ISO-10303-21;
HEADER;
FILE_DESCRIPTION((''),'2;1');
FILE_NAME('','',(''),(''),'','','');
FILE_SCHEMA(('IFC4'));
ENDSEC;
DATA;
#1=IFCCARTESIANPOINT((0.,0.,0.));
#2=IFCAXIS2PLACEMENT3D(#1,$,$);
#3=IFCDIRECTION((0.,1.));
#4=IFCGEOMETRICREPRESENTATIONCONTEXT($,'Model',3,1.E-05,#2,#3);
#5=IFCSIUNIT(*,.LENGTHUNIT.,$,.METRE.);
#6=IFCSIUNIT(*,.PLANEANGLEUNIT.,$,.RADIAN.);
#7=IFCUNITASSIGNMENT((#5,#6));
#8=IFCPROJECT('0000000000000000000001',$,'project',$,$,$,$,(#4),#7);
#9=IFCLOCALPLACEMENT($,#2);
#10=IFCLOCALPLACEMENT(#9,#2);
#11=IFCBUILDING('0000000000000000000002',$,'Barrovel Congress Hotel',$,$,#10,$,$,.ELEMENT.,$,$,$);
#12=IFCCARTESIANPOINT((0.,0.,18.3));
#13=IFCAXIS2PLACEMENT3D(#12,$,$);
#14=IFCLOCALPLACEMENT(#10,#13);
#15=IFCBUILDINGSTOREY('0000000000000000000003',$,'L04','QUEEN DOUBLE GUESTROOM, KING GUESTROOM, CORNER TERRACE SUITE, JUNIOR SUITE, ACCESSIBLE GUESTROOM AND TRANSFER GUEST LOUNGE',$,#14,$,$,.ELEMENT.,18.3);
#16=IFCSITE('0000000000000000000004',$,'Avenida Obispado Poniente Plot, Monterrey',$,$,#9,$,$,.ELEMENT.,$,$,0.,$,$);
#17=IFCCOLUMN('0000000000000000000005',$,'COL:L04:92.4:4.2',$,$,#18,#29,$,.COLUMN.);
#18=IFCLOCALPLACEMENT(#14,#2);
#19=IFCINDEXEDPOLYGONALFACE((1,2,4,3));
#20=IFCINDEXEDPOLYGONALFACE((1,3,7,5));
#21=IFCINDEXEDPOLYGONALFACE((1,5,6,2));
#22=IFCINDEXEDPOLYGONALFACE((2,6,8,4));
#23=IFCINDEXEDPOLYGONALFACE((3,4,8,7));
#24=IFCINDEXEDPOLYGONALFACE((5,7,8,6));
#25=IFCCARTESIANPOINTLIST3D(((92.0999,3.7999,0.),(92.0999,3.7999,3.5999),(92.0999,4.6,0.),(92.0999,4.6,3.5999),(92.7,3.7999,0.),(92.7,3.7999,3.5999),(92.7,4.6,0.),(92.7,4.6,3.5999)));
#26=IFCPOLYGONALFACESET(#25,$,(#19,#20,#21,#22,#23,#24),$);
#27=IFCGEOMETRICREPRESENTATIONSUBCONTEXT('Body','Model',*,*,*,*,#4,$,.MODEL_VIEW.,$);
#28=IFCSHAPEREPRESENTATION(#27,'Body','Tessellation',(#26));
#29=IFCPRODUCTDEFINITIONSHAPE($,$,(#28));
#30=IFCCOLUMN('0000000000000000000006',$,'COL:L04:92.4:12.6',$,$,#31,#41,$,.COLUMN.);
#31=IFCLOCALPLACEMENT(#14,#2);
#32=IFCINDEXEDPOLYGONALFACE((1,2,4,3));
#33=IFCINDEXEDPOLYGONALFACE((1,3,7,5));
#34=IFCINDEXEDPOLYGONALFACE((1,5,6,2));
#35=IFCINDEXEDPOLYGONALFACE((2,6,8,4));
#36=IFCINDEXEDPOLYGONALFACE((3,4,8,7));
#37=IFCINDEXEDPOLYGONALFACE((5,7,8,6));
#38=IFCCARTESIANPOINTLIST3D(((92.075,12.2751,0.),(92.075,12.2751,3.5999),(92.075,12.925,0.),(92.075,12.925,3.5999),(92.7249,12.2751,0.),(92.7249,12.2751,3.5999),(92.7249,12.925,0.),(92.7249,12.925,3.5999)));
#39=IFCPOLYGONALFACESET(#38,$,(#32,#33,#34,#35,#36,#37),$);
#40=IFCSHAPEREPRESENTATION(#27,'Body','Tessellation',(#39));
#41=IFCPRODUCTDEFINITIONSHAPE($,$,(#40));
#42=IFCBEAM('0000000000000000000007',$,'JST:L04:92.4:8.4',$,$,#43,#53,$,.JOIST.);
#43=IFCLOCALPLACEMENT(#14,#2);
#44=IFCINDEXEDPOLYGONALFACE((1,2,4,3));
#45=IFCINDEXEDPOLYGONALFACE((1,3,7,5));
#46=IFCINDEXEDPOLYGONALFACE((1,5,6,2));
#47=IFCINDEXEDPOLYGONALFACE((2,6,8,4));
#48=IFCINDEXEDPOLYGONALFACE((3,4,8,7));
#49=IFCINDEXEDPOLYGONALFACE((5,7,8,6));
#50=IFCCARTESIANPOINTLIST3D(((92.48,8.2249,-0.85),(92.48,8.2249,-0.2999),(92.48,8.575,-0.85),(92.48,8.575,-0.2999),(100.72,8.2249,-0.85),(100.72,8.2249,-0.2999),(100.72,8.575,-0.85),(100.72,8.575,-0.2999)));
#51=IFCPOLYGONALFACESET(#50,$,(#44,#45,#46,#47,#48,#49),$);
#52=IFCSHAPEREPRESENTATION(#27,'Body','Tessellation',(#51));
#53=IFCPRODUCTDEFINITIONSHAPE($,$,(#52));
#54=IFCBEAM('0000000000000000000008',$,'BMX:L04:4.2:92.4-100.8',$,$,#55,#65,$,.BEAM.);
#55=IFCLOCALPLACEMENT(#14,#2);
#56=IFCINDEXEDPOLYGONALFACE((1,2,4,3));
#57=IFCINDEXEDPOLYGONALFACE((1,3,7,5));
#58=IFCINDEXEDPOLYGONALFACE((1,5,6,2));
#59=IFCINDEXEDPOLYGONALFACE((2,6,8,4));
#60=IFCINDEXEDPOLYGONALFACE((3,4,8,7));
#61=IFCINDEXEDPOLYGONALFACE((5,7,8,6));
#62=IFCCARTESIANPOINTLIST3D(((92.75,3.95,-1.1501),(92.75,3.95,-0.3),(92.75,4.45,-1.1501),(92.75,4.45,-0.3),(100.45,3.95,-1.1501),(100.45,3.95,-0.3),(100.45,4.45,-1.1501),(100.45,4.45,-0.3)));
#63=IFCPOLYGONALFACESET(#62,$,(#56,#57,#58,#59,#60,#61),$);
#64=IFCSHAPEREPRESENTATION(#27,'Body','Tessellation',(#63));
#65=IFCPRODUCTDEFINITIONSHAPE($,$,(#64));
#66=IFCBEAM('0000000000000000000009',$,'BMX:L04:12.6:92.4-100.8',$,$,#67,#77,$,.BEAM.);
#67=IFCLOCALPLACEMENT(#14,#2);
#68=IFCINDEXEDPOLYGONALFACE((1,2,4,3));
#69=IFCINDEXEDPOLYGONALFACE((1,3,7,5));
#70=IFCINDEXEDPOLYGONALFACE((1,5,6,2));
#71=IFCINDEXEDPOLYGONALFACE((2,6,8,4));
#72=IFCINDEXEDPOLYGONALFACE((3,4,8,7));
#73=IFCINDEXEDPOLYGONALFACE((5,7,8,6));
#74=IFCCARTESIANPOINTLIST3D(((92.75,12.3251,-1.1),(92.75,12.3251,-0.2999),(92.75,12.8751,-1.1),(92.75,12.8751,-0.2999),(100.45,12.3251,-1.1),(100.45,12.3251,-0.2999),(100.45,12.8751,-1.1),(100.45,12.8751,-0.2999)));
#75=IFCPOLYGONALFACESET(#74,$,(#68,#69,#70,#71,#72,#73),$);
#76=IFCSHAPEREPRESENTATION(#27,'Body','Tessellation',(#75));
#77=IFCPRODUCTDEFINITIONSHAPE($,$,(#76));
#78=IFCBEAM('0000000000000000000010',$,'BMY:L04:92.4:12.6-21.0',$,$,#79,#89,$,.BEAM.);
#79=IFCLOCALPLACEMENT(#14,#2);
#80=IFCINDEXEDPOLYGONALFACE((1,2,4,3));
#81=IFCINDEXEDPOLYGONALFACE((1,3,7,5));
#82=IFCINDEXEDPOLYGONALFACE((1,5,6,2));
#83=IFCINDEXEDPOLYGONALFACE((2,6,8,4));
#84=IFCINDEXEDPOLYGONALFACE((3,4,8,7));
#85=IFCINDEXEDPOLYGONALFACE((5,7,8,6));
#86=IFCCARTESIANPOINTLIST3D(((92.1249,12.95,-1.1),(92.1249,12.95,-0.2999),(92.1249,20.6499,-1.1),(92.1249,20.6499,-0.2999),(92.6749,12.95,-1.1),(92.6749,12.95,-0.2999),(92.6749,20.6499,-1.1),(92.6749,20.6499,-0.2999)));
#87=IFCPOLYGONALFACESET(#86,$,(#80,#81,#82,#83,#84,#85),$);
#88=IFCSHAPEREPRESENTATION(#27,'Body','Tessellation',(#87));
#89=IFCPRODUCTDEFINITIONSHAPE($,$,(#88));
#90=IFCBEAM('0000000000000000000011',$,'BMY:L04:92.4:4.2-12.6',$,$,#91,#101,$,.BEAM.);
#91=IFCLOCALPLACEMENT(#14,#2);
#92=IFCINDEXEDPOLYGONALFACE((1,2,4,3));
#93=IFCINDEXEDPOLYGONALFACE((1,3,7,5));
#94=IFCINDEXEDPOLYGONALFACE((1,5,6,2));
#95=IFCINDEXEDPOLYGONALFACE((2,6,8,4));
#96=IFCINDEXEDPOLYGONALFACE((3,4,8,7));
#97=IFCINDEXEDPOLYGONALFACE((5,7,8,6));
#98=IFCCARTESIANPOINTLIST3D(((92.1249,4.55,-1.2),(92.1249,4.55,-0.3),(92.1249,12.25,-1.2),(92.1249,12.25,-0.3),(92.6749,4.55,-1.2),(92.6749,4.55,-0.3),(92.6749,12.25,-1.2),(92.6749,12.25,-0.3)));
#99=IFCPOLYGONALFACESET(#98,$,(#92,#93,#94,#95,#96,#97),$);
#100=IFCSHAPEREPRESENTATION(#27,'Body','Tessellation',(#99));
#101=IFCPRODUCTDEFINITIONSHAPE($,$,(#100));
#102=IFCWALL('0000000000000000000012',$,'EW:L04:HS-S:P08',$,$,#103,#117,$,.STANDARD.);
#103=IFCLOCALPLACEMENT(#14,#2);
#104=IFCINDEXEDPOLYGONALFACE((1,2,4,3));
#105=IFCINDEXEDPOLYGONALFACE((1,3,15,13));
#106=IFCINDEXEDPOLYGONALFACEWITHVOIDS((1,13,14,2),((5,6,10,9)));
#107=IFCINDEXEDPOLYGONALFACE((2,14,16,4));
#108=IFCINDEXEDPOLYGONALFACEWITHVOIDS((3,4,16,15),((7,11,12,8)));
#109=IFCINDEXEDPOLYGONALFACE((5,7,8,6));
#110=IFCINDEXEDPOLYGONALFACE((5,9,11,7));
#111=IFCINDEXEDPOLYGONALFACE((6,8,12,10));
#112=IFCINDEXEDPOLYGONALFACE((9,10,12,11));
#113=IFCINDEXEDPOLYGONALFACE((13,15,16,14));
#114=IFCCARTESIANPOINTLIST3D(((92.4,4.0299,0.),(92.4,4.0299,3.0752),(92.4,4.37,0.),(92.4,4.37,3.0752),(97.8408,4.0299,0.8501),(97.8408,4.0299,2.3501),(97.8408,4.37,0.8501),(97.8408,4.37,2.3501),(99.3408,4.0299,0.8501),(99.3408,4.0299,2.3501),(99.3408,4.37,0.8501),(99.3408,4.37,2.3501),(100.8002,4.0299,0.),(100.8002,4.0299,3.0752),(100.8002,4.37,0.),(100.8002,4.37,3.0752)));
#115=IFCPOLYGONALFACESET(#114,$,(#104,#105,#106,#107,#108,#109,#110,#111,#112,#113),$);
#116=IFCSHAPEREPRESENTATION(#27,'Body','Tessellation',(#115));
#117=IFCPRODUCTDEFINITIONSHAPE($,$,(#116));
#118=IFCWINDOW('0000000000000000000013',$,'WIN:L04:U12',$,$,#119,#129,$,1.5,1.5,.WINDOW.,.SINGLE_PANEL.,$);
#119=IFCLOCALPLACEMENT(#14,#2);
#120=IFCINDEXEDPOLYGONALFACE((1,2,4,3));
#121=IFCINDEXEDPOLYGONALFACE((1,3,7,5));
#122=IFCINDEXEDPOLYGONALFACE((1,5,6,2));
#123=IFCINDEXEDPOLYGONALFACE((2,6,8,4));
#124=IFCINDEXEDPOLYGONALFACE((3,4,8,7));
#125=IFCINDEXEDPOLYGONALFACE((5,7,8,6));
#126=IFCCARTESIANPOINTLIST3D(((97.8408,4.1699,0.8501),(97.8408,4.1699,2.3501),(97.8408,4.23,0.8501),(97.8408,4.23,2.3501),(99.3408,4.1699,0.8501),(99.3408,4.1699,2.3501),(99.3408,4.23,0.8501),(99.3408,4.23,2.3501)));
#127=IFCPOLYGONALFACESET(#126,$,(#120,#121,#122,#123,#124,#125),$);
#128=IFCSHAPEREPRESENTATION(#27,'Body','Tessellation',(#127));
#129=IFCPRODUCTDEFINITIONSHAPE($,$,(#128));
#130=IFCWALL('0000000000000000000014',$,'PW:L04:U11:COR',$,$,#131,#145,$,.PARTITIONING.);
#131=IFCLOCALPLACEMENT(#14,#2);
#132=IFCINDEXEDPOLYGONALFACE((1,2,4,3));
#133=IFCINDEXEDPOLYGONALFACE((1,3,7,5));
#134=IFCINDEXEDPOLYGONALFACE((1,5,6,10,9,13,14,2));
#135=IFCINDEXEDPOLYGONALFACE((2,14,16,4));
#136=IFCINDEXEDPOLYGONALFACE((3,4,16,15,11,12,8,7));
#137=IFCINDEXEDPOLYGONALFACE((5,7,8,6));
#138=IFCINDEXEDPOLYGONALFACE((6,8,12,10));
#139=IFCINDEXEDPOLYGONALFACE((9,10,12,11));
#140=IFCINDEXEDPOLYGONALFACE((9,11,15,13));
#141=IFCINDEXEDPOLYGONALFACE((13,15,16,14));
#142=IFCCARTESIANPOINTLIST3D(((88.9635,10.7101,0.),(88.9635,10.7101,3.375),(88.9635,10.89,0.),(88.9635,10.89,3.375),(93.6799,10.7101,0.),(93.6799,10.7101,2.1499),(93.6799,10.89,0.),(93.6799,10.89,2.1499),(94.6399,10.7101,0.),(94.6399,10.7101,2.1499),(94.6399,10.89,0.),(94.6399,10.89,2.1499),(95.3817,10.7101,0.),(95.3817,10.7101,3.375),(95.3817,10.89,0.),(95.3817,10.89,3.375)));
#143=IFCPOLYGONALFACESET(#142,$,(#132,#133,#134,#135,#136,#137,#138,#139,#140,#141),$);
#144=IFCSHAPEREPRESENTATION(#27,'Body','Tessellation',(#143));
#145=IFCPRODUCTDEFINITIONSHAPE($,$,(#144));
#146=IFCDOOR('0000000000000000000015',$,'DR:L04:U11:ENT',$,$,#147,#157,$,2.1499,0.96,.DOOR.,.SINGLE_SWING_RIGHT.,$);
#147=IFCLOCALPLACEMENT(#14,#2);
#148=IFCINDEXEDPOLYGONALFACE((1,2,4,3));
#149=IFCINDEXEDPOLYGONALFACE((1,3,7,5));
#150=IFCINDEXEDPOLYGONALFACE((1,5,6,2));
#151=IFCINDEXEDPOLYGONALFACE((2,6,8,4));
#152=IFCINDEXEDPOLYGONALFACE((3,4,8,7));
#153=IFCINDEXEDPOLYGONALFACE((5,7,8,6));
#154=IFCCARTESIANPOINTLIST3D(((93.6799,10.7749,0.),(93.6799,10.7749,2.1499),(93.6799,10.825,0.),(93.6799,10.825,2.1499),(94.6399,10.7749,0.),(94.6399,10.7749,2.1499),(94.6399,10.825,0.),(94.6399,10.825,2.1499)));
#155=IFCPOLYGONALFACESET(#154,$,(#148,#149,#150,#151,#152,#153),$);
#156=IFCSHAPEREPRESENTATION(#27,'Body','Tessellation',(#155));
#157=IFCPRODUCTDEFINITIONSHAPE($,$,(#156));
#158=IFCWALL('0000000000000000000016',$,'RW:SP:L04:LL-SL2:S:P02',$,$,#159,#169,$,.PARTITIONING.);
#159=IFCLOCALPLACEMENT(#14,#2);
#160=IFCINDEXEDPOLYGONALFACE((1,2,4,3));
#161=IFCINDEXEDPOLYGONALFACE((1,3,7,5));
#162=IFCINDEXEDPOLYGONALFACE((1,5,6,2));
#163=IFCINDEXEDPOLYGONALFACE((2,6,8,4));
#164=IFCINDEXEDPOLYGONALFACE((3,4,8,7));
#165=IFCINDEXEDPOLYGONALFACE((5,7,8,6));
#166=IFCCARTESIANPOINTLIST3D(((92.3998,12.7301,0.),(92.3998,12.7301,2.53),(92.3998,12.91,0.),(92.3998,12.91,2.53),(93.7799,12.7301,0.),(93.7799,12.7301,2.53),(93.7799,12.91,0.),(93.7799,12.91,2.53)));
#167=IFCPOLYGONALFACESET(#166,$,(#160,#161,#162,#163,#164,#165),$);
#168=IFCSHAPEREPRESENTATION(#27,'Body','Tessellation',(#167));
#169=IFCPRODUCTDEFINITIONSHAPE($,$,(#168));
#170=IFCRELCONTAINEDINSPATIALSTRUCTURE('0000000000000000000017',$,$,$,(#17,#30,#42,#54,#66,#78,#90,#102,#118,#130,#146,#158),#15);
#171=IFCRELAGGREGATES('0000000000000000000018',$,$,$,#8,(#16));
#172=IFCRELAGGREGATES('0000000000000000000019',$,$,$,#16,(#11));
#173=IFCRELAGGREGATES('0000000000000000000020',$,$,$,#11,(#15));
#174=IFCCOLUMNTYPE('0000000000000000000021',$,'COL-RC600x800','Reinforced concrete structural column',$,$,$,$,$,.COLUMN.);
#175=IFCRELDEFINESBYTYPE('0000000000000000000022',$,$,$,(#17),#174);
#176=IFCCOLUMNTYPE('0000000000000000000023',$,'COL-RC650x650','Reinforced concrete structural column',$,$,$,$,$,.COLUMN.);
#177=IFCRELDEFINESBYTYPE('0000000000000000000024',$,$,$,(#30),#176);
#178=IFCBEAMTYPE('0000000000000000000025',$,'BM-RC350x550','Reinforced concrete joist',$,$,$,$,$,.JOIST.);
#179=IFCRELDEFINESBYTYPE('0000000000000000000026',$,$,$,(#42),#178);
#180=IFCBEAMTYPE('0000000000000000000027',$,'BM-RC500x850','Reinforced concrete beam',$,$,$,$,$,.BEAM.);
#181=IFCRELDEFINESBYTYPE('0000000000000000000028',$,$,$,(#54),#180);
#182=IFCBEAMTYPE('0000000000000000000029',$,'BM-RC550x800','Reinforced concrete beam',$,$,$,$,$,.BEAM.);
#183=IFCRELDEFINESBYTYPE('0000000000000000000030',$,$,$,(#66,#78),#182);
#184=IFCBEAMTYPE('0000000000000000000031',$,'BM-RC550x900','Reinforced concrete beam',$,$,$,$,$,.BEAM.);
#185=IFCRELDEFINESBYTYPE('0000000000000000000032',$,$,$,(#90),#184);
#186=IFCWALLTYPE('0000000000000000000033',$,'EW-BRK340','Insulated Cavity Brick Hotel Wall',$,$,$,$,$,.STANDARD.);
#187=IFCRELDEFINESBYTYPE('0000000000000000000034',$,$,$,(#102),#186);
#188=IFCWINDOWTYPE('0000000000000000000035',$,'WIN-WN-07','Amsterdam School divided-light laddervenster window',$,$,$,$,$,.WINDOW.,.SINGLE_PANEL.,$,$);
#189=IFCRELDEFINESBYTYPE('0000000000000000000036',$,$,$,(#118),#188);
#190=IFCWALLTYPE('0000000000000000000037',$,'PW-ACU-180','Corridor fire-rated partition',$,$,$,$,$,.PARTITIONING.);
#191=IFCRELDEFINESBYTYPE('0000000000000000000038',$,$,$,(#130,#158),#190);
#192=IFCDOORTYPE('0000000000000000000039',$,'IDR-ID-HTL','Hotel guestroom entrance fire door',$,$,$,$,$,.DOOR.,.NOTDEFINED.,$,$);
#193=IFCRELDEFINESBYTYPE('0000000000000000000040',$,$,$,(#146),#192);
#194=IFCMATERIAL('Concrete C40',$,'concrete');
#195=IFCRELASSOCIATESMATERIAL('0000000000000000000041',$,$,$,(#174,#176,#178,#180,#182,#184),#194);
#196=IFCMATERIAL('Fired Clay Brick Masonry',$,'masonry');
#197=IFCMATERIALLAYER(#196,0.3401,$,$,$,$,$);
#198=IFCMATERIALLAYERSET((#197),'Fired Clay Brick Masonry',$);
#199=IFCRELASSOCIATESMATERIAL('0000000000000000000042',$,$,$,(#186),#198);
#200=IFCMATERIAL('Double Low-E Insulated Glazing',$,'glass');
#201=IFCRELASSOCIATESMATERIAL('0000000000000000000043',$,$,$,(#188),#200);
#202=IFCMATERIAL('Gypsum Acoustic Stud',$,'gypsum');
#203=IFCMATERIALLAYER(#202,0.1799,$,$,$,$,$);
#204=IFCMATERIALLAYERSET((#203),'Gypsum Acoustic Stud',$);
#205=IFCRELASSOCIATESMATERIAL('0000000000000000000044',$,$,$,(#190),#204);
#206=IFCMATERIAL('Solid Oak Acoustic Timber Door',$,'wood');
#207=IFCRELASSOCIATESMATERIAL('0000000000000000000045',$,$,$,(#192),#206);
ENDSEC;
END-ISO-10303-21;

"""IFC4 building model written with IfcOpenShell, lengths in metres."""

from ifc_helpers import new_model, si_unit, direction, frame, frame_2d, origin, origin_2d, place, context, subcontext, project, spatial, rectangle, extrude, material, layer, layer_set, material_profile, profile_set, type_object, element, fill, save


model = new_model("IFC4")

# Units and contexts
model_context = context("Model", 3, precision=1e-05, world=origin(), true_north=direction((0.0, 1.0)))
body_context = subcontext(model_context, "Body", "Model", "MODEL_VIEW")
ifc_project = project(units=[si_unit("LENGTHUNIT", "METRE"), si_unit("PLANEANGLEUNIT", "RADIAN")], contexts=[model_context])

# Site, building, storey
site_placement = place(None, origin())
site = spatial("IfcSite", under=ifc_project, at=site_placement, Name="Avenida Obispado Poniente Plot, Monterrey", CompositionType="ELEMENT", RefElevation=0.0)
building_placement = place(site_placement, origin())
building = spatial("IfcBuilding", under=site, at=building_placement, Name="Barrovel Congress Hotel", CompositionType="ELEMENT")
storey_placement = place(building_placement, frame((0.0, 0.0, 18.3)))
storey = spatial("IfcBuildingStorey", under=building, at=storey_placement, Name="L04", Description="QUEEN DOUBLE GUESTROOM, KING GUESTROOM, CORNER TERRACE SUITE, JUNIOR SUITE, ACCESSIBLE GUESTROOM AND TRANSFER GUEST LOUNGE", CompositionType="ELEMENT", Elevation=18.3)

# Columns
ifc_material_1 = material(Name="Concrete C40", Category="concrete")
ifc_material_profile_1 = material_profile(ifc_material_1, rectangle(XDim=0.6001, YDim=0.8, at=origin_2d()), Name="RC600x800")
ifc_profile_set_1 = profile_set([ifc_material_profile_1], Name="Concrete C40")
column_type_1 = type_object("IfcColumnType", Name="COL-RC600x800", Description="Reinforced concrete structural column", PredefinedType="COLUMN", material=ifc_profile_set_1)
column_1_placement = place(storey_placement, frame((92.3999, 4.2, 0.0), z_axis=(0.0, 0.0, 1.0), x_axis=(1.0, 0.0, 0.0)))
element("IfcColumn", 1, at=column_1_placement, inside=storey, type_object=column_type_1, Name="COL:L04:92.4:4.2", PredefinedType="COLUMN", context=body_context, shape_type="SweptSolid", body=[
    extrude(rectangle(XDim=0.6001, YDim=0.8, at=origin_2d()), origin(), (0.0, 0.0, 1.0), 3.5999),
])
ifc_material_profile_2 = material_profile(ifc_material_1, rectangle(XDim=0.6499, YDim=0.6499, at=origin_2d()), Name="RC650x650")
ifc_profile_set_2 = profile_set([ifc_material_profile_2], Name="Concrete C40")
column_type_2 = type_object("IfcColumnType", Name="COL-RC650x650", Description="Reinforced concrete structural column", PredefinedType="COLUMN", material=ifc_profile_set_2)
column_2_placement = place(storey_placement, frame((92.3999, 12.6001, 0.0), z_axis=(0.0, 0.0, 1.0), x_axis=(1.0, 0.0, 0.0)))
element("IfcColumn", 2, at=column_2_placement, inside=storey, type_object=column_type_2, Name="COL:L04:92.4:12.6", PredefinedType="COLUMN", context=body_context, shape_type="SweptSolid", body=[
    extrude(rectangle(XDim=0.6499, YDim=0.6499, at=origin_2d()), origin(), (0.0, 0.0, 1.0), 3.5999),
])

# Beams
ifc_material_profile_3 = material_profile(ifc_material_1, rectangle(XDim=0.3501, YDim=0.55, at=origin_2d()), Name="RC350x550")
ifc_profile_set_3 = profile_set([ifc_material_profile_3], Name="Concrete C40")
beam_type_1 = type_object("IfcBeamType", Name="BM-RC350x550", Description="Reinforced concrete joist", PredefinedType="JOIST", material=ifc_profile_set_3)
beam_1_placement = place(storey_placement, frame((92.48, 8.3999, -0.575), z_axis=(1.0, 0.0, 0.0), x_axis=(0.0, 1.0, 0.0)))
element("IfcBeam", 3, at=beam_1_placement, inside=storey, type_object=beam_type_1, Name="JST:L04:92.4:8.4", PredefinedType="JOIST", context=body_context, shape_type="SweptSolid", body=[
    extrude(rectangle(XDim=0.3501, YDim=0.55, at=origin_2d()), origin(), (0.0, 0.0, 1.0), 8.24),
])
ifc_material_profile_4 = material_profile(ifc_material_1, rectangle(XDim=0.5, YDim=0.8501, at=origin_2d()), Name="RC500x850")
ifc_profile_set_4 = profile_set([ifc_material_profile_4], Name="Concrete C40")
beam_type_2 = type_object("IfcBeamType", Name="BM-RC500x850", Description="Reinforced concrete beam", PredefinedType="BEAM", material=ifc_profile_set_4)
beam_2_placement = place(storey_placement, frame((92.75, 4.2, -0.7251), z_axis=(1.0, 0.0, 0.0), x_axis=(0.0, 1.0, 0.0)))
element("IfcBeam", 4, at=beam_2_placement, inside=storey, type_object=beam_type_2, Name="BMX:L04:4.2:92.4-100.8", PredefinedType="BEAM", context=body_context, shape_type="SweptSolid", body=[
    extrude(rectangle(XDim=0.5, YDim=0.8501, at=origin_2d()), origin(), (0.0, 0.0, 1.0), 7.7),
])
ifc_material_profile_5 = material_profile(ifc_material_1, rectangle(XDim=0.55, YDim=0.8, at=origin_2d()), Name="RC550x800")
ifc_profile_set_5 = profile_set([ifc_material_profile_5], Name="Concrete C40")
beam_type_3 = type_object("IfcBeamType", Name="BM-RC550x800", Description="Reinforced concrete beam", PredefinedType="BEAM", material=ifc_profile_set_5)
for number, where, z_axis, x_axis, name in (
    (5, (92.75, 12.6001, -0.7), (1.0, 0.0, 0.0), (0.0, 1.0, 0.0), "BMX:L04:12.6:92.4-100.8"),
    (6, (92.3999, 12.95, -0.7), (0.0, 1.0, 0.0), (-1.0, 0.0, 0.0), "BMY:L04:92.4:12.6-21.0"),
):
    element("IfcBeam", number, at=place(storey_placement, frame(where, z_axis=z_axis, x_axis=x_axis)), inside=storey, type_object=beam_type_3, Name=name, PredefinedType="BEAM", context=body_context, shape_type="SweptSolid", body=[
        extrude(rectangle(XDim=0.55, YDim=0.8, at=origin_2d()), origin(), (0.0, 0.0, 1.0), 7.7),
    ])
ifc_material_profile_6 = material_profile(ifc_material_1, rectangle(XDim=0.55, YDim=0.8999, at=origin_2d()), Name="RC550x900")
ifc_profile_set_6 = profile_set([ifc_material_profile_6], Name="Concrete C40")
beam_type_4 = type_object("IfcBeamType", Name="BM-RC550x900", Description="Reinforced concrete beam", PredefinedType="BEAM", material=ifc_profile_set_6)
beam_3_placement = place(storey_placement, frame((92.3999, 4.55, -0.75), z_axis=(0.0, 1.0, 0.0), x_axis=(-1.0, 0.0, 0.0)))
element("IfcBeam", 7, at=beam_3_placement, inside=storey, type_object=beam_type_4, Name="BMY:L04:92.4:4.2-12.6", PredefinedType="BEAM", context=body_context, shape_type="SweptSolid", body=[
    extrude(rectangle(XDim=0.55, YDim=0.8999, at=origin_2d()), origin(), (0.0, 0.0, 1.0), 7.7),
])

# Wall, opening, window
ifc_material_2 = material(Name="Fired Clay Brick Masonry", Category="masonry")
ifc_layer_1 = layer(ifc_material_2, 0.3401)
ifc_layer_set_1 = layer_set([ifc_layer_1], Name="Fired Clay Brick Masonry")
wall_type_1 = type_object("IfcWallType", Name="EW-BRK340", Description="Insulated Cavity Brick Hotel Wall", PredefinedType="STANDARD", material=ifc_layer_set_1)
wall_1_placement = place(storey_placement, frame((92.3999, 4.2, 0.0), z_axis=(0.0, 0.0, 1.0), x_axis=(1.0, 0.0, 0.0)))
wall_1 = element("IfcWall", 8, at=wall_1_placement, inside=storey, type_object=wall_type_1, Name="EW:L04:HS-S:P08", PredefinedType="STANDARD", context=body_context, shape_type="SweptSolid", body=[
    extrude(rectangle(XDim=8.4001, YDim=0.3401, at=frame_2d((4.2002, 0.0))), origin(), (0.0, 0.0, 1.0), 3.0752),
])
opening_1_placement = place(wall_1_placement, frame((5.4409, 0.0, 0.8501)))
opening_1 = element("IfcOpeningElement", 9, at=opening_1_placement, cuts=wall_1, PredefinedType="OPENING", context=body_context, shape_type="SweptSolid", body=[
    extrude(rectangle(XDim=1.5, YDim=1.5, at=frame_2d((0.75, 0.75))), frame((0.0, 0.1802, 0.0), z_axis=(0.0, -1.0, 0.0), x_axis=(1.0, 0.0, 0.0)), (0.0, 0.0, 1.0), 0.3601),
])
ifc_material_3 = material(Name="Double Low-E Insulated Glazing", Category="glass")
window_type = type_object("IfcWindowType", Name="WIN-WN-07", Description="Amsterdam School divided-light laddervenster window", PartitioningType="SINGLE_PANEL", PredefinedType="WINDOW", material=ifc_material_3)
window_placement = place(opening_1_placement, origin())
window = element("IfcWindow", 10, at=window_placement, inside=storey, type_object=window_type, Name="WIN:L04:U12", OverallHeight=1.5, OverallWidth=1.5, PartitioningType="SINGLE_PANEL", PredefinedType="WINDOW", context=body_context, shape_type="SweptSolid", body=[
    extrude(rectangle(XDim=1.5, YDim=1.5, at=frame_2d((0.75, 0.75))), frame((0.0, 0.03, 0.0), z_axis=(0.0, -1.0, 0.0), x_axis=(1.0, 0.0, 0.0)), (0.0, 0.0, 1.0), 0.0601),
])
fill(opening_1, window)

# Wall, opening, door
ifc_material_4 = material(Name="Gypsum Acoustic Stud", Category="gypsum")
ifc_layer_2 = layer(ifc_material_4, 0.1799)
ifc_layer_set_2 = layer_set([ifc_layer_2], Name="Gypsum Acoustic Stud")
wall_type_2 = type_object("IfcWallType", Name="PW-ACU-180", Description="Corridor fire-rated partition", PredefinedType="PARTITIONING", material=ifc_layer_set_2)
wall_2_placement = place(storey_placement, frame((88.9636, 10.8, 0.0), z_axis=(0.0, 0.0, 1.0), x_axis=(1.0, 0.0, 0.0)))
wall_2 = element("IfcWall", 11, at=wall_2_placement, inside=storey, type_object=wall_type_2, Name="PW:L04:U11:COR", PredefinedType="PARTITIONING", context=body_context, shape_type="SweptSolid", body=[
    extrude(rectangle(XDim=6.4182, YDim=0.1799, at=frame_2d((3.209, 0.0))), origin(), (0.0, 0.0, 1.0), 3.375),
])
opening_2_placement = place(wall_2_placement, frame((4.7163, 0.0, 0.0)))
opening_2 = element("IfcOpeningElement", 12, at=opening_2_placement, cuts=wall_2, PredefinedType="OPENING", context=body_context, shape_type="SweptSolid", body=[
    extrude(rectangle(XDim=0.96, YDim=2.1499, at=frame_2d((0.48, 1.075))), frame((0.0, 0.1001, 0.0), z_axis=(0.0, -1.0, 0.0), x_axis=(1.0, 0.0, 0.0)), (0.0, 0.0, 1.0), 0.2),
])
ifc_material_5 = material(Name="Solid Oak Acoustic Timber Door", Category="wood")
door_type_1 = type_object("IfcDoorType", Name="IDR-ID-HTL", Description="Hotel guestroom entrance fire door", OperationType="NOTDEFINED", PredefinedType="DOOR", material=ifc_material_5)
door_1_placement = place(opening_2_placement, origin())
door_1 = element("IfcDoor", 13, at=door_1_placement, inside=storey, type_object=door_type_1, Name="DR:L04:U11:ENT", OperationType="SINGLE_SWING_RIGHT", OverallHeight=2.1499, OverallWidth=0.96, PredefinedType="DOOR", context=body_context, shape_type="SweptSolid", body=[
    extrude(rectangle(XDim=0.96, YDim=2.1499, at=frame_2d((0.48, 1.075))), frame((0.0, 0.0249, 0.0), z_axis=(0.0, -1.0, 0.0), x_axis=(1.0, 0.0, 0.0)), (0.0, 0.0, 1.0), 0.05),
])
fill(opening_2, door_1)

# Wall
wall_3_placement = place(storey_placement, frame((92.3999, 12.8201, 0.0), z_axis=(0.0, 0.0, 1.0), x_axis=(1.0, 0.0, 0.0)))
element("IfcWall", 14, at=wall_3_placement, inside=storey, type_object=wall_type_2, Name="RW:SP:L04:LL-SL2:S:P02", PredefinedType="PARTITIONING", context=body_context, shape_type="SweptSolid", body=[
    extrude(rectangle(XDim=1.3801, YDim=0.1799, at=frame_2d((0.6899, 0.0))), origin(), (0.0, 0.0, 1.0), 2.53),
])

save(model, "model.ifc")
